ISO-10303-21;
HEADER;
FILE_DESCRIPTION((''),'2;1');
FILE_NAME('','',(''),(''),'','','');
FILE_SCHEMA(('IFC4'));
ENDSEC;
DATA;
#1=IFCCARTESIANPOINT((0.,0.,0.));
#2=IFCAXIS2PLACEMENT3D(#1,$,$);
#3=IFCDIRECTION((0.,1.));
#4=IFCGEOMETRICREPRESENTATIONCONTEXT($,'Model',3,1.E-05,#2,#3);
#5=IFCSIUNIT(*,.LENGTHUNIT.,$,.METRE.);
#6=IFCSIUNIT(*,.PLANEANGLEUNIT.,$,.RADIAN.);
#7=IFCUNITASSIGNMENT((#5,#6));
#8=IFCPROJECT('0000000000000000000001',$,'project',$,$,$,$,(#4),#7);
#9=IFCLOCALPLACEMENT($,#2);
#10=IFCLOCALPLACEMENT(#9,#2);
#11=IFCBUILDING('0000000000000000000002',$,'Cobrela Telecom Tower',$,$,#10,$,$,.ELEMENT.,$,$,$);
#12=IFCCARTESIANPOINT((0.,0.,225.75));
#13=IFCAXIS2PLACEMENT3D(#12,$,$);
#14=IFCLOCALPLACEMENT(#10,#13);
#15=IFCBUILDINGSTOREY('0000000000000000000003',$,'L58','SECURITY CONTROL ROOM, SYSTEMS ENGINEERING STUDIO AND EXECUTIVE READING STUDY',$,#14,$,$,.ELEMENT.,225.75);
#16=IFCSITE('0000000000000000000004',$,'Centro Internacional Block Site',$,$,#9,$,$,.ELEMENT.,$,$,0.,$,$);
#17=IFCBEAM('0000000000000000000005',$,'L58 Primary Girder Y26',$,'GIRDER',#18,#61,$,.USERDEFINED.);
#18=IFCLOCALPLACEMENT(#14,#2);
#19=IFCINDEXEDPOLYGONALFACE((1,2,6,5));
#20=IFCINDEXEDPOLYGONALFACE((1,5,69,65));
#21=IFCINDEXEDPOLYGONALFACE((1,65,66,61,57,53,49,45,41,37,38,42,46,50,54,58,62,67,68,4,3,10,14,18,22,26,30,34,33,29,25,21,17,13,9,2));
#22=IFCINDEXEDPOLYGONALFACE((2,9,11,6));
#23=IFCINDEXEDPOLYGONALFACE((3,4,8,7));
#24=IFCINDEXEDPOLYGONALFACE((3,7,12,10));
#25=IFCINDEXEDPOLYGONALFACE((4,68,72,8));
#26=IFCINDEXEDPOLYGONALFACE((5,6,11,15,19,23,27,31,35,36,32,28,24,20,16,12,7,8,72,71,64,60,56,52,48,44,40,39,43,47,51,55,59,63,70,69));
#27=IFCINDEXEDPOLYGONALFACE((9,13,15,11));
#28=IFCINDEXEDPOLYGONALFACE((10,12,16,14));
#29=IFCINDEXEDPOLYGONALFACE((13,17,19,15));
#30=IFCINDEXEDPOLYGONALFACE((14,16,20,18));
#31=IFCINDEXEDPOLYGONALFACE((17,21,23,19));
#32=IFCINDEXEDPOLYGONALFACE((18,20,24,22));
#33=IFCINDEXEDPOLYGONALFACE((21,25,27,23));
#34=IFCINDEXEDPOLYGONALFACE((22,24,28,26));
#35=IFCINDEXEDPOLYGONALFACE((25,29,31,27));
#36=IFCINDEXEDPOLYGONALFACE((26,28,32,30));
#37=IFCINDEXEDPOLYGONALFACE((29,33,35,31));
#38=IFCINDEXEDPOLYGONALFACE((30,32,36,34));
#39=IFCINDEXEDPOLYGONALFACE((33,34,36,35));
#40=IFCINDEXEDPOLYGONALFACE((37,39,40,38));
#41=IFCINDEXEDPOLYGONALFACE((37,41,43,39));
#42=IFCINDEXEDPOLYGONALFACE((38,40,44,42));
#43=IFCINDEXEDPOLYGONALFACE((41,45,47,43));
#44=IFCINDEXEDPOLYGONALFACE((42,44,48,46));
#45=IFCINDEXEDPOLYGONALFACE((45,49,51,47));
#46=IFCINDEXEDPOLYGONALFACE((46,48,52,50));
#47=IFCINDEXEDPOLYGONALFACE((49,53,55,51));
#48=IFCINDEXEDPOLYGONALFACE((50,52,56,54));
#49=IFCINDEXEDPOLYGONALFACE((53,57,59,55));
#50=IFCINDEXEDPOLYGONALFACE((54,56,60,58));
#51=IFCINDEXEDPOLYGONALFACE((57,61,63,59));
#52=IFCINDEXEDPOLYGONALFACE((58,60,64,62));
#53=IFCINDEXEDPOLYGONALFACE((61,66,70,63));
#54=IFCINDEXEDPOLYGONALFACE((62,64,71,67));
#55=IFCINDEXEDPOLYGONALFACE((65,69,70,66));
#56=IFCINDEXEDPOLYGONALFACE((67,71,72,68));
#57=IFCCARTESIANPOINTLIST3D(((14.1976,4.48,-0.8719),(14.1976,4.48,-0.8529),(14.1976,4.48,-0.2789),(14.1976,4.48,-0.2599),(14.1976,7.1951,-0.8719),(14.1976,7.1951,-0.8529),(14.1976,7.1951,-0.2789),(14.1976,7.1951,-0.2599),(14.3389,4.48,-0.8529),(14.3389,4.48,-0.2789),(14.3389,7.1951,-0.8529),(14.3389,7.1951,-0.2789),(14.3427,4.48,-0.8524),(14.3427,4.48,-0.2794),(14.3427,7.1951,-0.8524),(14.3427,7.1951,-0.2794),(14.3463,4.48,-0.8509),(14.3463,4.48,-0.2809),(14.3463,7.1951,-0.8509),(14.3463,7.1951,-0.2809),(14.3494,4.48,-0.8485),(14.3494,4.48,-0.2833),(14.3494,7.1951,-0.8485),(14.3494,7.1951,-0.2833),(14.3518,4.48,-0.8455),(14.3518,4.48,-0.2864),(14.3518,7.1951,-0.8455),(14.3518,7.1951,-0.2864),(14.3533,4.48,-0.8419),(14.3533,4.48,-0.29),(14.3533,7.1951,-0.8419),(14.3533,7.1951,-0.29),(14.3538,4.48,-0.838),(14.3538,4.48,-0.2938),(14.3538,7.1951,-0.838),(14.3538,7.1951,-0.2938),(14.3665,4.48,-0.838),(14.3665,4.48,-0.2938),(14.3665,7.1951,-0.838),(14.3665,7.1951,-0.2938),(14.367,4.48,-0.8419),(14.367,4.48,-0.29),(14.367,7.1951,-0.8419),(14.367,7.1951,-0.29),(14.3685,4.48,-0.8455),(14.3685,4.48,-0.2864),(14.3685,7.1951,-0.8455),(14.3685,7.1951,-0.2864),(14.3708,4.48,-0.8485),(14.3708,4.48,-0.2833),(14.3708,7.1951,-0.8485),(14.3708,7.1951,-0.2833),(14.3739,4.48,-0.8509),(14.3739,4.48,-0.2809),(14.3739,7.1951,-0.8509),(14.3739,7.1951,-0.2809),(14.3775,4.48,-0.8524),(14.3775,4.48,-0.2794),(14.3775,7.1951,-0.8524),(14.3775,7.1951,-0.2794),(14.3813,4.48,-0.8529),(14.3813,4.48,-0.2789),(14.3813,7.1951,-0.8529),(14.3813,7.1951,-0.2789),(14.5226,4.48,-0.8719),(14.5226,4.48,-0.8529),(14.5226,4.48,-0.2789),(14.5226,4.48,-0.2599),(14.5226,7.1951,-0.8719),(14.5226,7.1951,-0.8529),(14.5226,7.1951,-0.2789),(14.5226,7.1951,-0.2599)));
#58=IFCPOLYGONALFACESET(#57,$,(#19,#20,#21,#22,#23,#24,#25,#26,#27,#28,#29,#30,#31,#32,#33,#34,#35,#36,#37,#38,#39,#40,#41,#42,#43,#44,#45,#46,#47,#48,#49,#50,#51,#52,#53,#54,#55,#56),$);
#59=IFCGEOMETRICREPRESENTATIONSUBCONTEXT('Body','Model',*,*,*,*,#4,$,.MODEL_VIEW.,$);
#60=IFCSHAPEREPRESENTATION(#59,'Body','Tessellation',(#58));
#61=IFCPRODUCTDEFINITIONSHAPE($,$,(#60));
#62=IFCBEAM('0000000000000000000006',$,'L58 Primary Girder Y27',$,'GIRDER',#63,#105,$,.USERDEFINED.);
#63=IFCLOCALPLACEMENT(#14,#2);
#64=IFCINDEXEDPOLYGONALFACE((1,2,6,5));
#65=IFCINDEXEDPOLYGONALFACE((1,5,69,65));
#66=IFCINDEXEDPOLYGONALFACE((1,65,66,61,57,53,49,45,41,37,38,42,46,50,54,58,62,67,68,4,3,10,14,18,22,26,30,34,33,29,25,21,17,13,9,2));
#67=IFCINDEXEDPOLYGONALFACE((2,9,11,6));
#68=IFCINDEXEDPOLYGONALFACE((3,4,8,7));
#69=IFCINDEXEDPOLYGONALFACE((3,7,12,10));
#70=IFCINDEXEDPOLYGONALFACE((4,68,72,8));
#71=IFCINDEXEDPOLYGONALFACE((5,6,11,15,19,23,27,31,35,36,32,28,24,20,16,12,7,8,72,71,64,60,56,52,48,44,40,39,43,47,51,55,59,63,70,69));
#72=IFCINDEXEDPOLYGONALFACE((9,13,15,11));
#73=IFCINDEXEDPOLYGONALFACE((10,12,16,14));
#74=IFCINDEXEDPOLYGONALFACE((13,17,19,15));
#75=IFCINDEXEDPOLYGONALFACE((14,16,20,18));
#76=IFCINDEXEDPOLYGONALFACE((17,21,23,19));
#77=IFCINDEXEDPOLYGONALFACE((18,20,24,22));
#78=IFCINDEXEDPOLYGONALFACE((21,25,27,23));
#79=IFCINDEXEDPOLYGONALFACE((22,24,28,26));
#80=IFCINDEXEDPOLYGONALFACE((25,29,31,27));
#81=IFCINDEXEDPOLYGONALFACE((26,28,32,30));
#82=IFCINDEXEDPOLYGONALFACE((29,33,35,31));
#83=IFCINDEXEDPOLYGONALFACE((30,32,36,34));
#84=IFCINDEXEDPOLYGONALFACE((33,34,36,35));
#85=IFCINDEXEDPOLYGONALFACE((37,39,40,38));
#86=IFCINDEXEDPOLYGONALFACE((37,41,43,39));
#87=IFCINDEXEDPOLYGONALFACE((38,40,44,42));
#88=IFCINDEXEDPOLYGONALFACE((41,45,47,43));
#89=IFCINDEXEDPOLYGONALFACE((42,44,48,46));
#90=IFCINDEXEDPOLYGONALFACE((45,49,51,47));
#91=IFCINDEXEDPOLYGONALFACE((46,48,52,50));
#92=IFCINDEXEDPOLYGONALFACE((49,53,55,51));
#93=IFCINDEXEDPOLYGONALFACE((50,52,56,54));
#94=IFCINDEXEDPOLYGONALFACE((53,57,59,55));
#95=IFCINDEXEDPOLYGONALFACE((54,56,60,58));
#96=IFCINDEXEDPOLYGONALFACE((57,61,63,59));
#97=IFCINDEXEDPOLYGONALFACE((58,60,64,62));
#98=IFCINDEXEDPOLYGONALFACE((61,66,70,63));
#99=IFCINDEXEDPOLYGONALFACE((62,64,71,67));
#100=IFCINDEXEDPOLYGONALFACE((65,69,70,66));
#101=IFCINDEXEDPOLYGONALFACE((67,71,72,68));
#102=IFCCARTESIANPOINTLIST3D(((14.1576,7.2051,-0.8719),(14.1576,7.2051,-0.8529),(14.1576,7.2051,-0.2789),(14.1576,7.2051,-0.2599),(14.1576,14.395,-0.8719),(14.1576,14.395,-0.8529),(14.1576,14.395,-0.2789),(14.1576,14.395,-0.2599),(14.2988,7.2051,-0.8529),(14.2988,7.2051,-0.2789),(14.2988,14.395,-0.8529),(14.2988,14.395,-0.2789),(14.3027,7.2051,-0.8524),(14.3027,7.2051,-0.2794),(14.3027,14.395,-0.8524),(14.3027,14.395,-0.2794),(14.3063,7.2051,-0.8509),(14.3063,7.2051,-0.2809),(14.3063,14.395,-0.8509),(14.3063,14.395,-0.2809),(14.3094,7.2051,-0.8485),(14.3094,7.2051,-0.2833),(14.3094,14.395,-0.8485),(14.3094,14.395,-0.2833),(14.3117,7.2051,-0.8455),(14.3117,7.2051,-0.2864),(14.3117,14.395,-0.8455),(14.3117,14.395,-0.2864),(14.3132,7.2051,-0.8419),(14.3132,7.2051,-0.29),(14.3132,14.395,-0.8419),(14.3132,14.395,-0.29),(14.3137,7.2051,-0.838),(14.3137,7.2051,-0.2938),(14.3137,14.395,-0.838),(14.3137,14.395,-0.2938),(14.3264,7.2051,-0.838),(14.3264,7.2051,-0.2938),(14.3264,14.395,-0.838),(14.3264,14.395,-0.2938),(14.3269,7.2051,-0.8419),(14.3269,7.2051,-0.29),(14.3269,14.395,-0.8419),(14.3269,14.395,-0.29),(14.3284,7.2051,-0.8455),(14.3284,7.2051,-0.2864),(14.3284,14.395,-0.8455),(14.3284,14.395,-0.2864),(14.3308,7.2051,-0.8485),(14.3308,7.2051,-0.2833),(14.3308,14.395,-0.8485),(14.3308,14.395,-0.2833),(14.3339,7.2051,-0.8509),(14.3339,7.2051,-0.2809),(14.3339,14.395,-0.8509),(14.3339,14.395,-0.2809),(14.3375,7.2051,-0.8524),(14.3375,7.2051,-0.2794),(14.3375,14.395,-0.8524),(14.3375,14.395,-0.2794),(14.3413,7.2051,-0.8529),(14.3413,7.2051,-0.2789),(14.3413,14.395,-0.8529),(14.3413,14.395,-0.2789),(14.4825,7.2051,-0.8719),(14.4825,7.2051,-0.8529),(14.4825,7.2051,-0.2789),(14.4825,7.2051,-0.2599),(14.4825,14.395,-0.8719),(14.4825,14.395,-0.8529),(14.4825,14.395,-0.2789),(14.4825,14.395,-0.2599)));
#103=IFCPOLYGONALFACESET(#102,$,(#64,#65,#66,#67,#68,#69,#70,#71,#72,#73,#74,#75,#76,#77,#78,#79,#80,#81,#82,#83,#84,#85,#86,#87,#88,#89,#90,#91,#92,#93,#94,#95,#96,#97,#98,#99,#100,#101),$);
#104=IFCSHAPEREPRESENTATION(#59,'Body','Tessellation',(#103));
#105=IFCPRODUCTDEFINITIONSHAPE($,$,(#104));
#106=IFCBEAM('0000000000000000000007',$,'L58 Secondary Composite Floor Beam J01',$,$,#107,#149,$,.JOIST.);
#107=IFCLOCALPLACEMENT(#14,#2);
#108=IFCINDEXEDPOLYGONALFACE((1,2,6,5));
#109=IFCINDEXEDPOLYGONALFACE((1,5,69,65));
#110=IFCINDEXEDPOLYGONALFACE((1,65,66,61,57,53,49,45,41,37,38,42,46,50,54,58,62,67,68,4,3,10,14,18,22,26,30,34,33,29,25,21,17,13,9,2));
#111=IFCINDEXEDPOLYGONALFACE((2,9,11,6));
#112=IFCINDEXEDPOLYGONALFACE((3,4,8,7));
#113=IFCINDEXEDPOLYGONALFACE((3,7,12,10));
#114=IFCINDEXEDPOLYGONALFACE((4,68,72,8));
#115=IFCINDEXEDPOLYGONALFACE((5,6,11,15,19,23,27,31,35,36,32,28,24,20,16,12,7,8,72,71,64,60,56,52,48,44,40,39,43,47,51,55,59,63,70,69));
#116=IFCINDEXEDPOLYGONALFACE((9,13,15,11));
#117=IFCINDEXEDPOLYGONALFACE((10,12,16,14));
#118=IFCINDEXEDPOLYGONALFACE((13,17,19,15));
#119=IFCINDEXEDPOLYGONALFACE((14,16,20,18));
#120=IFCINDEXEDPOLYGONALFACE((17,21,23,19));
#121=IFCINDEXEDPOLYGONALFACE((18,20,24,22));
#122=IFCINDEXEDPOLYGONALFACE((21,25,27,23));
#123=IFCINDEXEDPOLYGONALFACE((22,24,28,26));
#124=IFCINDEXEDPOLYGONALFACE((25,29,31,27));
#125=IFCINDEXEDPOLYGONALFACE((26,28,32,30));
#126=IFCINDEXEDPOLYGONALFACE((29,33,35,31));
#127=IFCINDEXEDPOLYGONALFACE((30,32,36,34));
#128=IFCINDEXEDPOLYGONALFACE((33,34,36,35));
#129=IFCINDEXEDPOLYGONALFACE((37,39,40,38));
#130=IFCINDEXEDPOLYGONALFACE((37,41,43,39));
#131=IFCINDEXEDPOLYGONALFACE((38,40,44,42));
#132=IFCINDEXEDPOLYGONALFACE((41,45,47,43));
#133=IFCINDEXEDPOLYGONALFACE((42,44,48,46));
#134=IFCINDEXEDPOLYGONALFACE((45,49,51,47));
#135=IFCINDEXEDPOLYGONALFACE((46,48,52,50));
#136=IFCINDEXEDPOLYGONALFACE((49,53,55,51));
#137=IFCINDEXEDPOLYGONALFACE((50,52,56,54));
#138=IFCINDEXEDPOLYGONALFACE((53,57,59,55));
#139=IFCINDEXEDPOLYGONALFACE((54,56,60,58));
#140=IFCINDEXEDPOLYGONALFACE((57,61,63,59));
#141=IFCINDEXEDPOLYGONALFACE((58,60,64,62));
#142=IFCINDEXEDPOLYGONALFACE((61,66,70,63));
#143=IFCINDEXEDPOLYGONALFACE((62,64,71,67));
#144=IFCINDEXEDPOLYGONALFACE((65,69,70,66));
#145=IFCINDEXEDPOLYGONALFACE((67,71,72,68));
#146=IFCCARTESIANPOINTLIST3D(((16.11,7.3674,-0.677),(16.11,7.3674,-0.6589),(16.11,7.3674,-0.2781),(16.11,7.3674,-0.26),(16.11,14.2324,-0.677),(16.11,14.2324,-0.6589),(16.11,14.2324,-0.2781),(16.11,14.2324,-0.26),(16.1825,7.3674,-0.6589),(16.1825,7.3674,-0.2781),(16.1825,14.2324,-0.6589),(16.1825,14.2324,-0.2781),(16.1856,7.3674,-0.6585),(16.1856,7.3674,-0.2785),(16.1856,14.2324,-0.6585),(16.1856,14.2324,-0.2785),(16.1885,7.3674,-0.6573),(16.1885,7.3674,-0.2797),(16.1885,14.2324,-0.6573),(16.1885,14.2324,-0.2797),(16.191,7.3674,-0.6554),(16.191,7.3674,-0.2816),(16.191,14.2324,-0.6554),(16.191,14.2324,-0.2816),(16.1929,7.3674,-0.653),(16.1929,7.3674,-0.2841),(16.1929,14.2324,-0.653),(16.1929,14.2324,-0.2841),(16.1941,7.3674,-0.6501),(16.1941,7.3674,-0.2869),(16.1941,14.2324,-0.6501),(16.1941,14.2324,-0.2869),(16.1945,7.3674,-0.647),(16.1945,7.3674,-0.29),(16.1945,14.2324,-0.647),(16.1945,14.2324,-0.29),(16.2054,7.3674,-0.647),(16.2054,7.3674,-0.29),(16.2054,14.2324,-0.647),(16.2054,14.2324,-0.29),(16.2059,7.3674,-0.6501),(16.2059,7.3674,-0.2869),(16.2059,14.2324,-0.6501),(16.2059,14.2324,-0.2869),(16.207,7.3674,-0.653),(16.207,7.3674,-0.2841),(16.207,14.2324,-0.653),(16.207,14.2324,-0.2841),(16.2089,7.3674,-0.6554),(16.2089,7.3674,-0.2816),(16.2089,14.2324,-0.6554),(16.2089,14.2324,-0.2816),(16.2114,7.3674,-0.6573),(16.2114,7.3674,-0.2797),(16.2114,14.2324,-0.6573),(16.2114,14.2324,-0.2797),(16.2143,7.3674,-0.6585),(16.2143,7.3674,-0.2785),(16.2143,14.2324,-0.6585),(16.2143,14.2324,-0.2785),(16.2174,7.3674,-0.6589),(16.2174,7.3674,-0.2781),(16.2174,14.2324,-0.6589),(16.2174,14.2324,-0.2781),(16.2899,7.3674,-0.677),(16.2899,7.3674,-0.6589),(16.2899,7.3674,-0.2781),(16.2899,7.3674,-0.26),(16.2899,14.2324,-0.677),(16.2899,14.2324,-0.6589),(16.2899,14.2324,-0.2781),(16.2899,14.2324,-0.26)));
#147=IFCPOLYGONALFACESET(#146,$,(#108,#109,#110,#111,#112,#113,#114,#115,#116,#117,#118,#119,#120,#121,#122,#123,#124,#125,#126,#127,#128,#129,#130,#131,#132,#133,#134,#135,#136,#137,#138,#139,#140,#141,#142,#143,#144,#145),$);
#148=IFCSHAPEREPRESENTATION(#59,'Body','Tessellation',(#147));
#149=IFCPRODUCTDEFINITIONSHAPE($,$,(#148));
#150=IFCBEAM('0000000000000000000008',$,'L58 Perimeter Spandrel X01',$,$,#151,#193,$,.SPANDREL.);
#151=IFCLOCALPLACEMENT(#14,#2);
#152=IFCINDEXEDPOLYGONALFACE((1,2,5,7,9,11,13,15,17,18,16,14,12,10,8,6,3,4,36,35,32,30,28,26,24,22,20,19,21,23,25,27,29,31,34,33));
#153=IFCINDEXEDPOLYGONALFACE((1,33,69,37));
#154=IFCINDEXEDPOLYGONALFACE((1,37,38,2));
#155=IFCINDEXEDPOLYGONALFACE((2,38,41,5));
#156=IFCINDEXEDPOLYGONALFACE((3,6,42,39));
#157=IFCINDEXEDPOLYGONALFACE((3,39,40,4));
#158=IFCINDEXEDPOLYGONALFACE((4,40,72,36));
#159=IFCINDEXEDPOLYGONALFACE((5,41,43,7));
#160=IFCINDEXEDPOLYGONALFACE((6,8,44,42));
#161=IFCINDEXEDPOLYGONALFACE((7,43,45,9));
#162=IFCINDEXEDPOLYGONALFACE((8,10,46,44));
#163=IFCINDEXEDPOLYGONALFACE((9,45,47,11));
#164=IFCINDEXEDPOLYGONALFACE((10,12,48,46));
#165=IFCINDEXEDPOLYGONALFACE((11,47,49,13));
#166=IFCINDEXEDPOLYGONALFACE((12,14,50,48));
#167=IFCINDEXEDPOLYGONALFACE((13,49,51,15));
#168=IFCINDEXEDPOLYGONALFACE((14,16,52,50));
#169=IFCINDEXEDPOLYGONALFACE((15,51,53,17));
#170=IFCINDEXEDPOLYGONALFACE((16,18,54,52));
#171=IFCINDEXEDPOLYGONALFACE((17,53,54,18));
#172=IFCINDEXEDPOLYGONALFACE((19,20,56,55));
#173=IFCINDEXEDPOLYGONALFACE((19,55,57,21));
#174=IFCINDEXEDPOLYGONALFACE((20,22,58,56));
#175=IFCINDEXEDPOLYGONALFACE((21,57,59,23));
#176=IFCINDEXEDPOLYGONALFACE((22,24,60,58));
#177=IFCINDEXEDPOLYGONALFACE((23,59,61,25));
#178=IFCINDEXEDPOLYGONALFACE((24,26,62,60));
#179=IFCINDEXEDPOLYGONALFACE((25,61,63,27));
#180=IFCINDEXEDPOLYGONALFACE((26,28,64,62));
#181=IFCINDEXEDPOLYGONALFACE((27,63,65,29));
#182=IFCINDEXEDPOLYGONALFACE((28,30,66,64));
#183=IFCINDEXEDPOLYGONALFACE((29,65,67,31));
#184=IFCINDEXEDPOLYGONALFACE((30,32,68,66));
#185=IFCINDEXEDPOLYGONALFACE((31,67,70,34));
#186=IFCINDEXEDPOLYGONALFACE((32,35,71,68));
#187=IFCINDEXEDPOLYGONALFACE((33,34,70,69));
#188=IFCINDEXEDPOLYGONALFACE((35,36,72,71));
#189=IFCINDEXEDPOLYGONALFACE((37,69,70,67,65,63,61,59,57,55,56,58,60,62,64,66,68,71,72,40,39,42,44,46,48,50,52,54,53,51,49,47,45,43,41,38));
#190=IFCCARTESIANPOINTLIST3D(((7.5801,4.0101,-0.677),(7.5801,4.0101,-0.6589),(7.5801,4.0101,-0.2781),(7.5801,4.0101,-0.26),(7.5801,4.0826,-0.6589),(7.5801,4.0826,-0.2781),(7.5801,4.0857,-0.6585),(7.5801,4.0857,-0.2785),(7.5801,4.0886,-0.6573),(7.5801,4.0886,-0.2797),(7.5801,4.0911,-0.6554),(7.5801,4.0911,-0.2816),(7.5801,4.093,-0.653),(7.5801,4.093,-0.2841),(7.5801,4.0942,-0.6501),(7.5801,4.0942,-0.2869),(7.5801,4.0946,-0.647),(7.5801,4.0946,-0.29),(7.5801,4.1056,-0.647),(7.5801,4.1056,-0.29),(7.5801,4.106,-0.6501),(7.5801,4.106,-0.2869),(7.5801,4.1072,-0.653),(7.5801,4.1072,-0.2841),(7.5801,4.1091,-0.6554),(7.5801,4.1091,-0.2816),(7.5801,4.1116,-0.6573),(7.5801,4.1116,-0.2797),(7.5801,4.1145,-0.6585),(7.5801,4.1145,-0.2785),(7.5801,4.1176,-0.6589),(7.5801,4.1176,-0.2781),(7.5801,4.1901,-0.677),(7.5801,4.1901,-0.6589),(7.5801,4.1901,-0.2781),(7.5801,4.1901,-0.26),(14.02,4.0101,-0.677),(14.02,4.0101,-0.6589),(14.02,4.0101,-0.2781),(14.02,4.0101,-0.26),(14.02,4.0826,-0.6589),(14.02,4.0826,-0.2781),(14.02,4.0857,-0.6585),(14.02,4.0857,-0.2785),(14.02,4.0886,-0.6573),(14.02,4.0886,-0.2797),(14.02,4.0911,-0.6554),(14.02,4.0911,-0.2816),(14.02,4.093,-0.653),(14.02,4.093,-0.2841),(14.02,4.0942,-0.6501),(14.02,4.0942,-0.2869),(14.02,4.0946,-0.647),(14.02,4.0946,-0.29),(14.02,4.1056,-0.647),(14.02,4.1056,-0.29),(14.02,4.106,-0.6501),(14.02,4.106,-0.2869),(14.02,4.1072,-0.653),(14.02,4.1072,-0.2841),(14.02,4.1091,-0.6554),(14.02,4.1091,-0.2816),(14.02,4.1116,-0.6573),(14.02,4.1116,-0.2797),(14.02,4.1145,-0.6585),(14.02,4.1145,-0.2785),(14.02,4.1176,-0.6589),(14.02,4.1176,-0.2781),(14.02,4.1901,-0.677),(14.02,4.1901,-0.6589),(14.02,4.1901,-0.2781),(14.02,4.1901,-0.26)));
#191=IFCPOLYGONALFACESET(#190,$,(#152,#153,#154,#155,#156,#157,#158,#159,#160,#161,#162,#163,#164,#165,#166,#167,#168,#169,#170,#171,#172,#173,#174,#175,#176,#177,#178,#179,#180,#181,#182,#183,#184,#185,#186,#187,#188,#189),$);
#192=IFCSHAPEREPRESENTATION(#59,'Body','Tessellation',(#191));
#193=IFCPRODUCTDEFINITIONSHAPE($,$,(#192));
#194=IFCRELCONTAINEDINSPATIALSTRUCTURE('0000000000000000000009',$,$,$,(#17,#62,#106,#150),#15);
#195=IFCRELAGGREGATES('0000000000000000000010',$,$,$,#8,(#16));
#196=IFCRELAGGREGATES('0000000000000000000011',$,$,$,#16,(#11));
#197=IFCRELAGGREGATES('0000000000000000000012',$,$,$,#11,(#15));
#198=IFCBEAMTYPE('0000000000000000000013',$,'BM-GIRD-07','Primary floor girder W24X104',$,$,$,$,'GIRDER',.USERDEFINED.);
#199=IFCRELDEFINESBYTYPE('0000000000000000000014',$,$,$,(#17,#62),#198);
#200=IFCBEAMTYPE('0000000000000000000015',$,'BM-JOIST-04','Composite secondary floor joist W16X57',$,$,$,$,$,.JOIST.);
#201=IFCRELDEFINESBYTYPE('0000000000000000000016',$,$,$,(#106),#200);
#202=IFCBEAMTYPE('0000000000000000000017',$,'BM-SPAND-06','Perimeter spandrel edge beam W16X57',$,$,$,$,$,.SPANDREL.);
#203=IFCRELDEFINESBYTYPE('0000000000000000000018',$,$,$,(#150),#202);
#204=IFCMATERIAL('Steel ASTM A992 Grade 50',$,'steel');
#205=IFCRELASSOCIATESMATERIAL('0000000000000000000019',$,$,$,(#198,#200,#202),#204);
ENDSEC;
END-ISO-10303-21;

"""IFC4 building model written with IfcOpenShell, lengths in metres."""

from ifc_helpers import new_model, si_unit, direction, frame, origin, origin_2d, place, context, subcontext, project, spatial, i_section, extrude, material, material_profile, profile_set, type_object, element, save


model = new_model("IFC4")

# Units and contexts
model_context = context("Model", 3, precision=1e-05, world=origin(), true_north=direction((0.0, 1.0)))
body_context = subcontext(model_context, "Body", "Model", "MODEL_VIEW")
ifc_project = project(units=[si_unit("LENGTHUNIT", "METRE"), si_unit("PLANEANGLEUNIT", "RADIAN")], contexts=[model_context])

# Site, building, storey
site_placement = place(None, origin())
site = spatial("IfcSite", under=ifc_project, at=site_placement, Name="Centro Internacional Block Site", CompositionType="ELEMENT", RefElevation=0.0)
building_placement = place(site_placement, origin())
building = spatial("IfcBuilding", under=site, at=building_placement, Name="Cobrela Telecom Tower", CompositionType="ELEMENT")
storey_placement = place(building_placement, frame((0.0, 0.0, 225.75)))
storey = spatial("IfcBuildingStorey", under=building, at=storey_placement, Name="L58", Description="SECURITY CONTROL ROOM, SYSTEMS ENGINEERING STUDIO AND EXECUTIVE READING STUDY", CompositionType="ELEMENT", Elevation=225.75)

# Beams
ifc_material_1 = material(Name="Steel ASTM A992 Grade 50", Category="steel")
ifc_material_profile_1 = material_profile(ifc_material_1, i_section(OverallWidth=0.325, OverallDepth=0.6121, WebThickness=0.0127, FlangeThickness=0.019, FilletRadius=0.0149, at=origin_2d()), Name="W24X104")
ifc_profile_set_1 = profile_set([ifc_material_profile_1], Name="Steel ASTM A992 Grade 50")
beam_type_1 = type_object("IfcBeamType", Name="BM-GIRD-07", Description="Primary floor girder W24X104", ElementType="GIRDER", PredefinedType="USERDEFINED", material=ifc_profile_set_1)
beam_1_placement = place(storey_placement, frame((14.3601, 4.48, -0.5659), z_axis=(0.0, 1.0, 0.0), x_axis=(-1.0, 0.0, 0.0)))
element("IfcBeam", 1, at=beam_1_placement, inside=storey, type_object=beam_type_1, Name="L58 Primary Girder Y26", ObjectType="GIRDER", PredefinedType="USERDEFINED", context=body_context, shape_type="SweptSolid", body=[
    extrude(i_section(OverallWidth=0.325, OverallDepth=0.6121, WebThickness=0.0127, FlangeThickness=0.019, FilletRadius=0.0149, at=origin_2d()), origin(), (0.0, 0.0, 1.0), 2.7151),
])
beam_2_placement = place(storey_placement, frame((14.3201, 7.2051, -0.5659), z_axis=(0.0, 1.0, 0.0), x_axis=(-1.0, 0.0, 0.0)))
element("IfcBeam", 2, at=beam_2_placement, inside=storey, type_object=beam_type_1, Name="L58 Primary Girder Y27", ObjectType="GIRDER", PredefinedType="USERDEFINED", context=body_context, shape_type="SweptSolid", body=[
    extrude(i_section(OverallWidth=0.325, OverallDepth=0.6121, WebThickness=0.0127, FlangeThickness=0.019, FilletRadius=0.0149, at=origin_2d()), origin(), (0.0, 0.0, 1.0), 7.1899),
])
ifc_material_profile_2 = material_profile(ifc_material_1, i_section(OverallWidth=0.1799, OverallDepth=0.417, WebThickness=0.011, FlangeThickness=0.0181, FilletRadius=0.012, at=origin_2d()), Name="W16X57")
ifc_profile_set_2 = profile_set([ifc_material_profile_2], Name="Steel ASTM A992 Grade 50")
beam_type_2 = type_object("IfcBeamType", Name="BM-JOIST-04", Description="Composite secondary floor joist W16X57", PredefinedType="JOIST", material=ifc_profile_set_2)
beam_3_placement = place(storey_placement, frame((16.2, 7.3674, -0.4685), z_axis=(0.0, 1.0, 0.0), x_axis=(-1.0, 0.0, 0.0)))
element("IfcBeam", 3, at=beam_3_placement, inside=storey, type_object=beam_type_2, Name="L58 Secondary Composite Floor Beam J01", PredefinedType="JOIST", context=body_context, shape_type="SweptSolid", body=[
    extrude(i_section(OverallWidth=0.1799, OverallDepth=0.417, WebThickness=0.011, FlangeThickness=0.0181, FilletRadius=0.012, at=origin_2d()), origin(), (0.0, 0.0, 1.0), 6.865),
])
ifc_material_profile_3 = material_profile(ifc_material_1, i_section(OverallWidth=0.1799, OverallDepth=0.417, WebThickness=0.011, FlangeThickness=0.0181, FilletRadius=0.012, at=origin_2d()), Name="W16X57")
ifc_profile_set_3 = profile_set([ifc_material_profile_3], Name="Steel ASTM A992 Grade 50")
beam_type_3 = type_object("IfcBeamType", Name="BM-SPAND-06", Description="Perimeter spandrel edge beam W16X57", PredefinedType="SPANDREL", material=ifc_profile_set_3)
for number, where, z_axis, x_axis, name in (
    (4, (7.5801, 4.1001, -0.4685), (1.0, 0.0, 0.0), (0.0, 1.0, 0.0), "L58 Perimeter Spandrel X01"),
):
    element("IfcBeam", number, at=place(storey_placement, frame(where, z_axis=z_axis, x_axis=x_axis)), inside=storey, type_object=beam_type_3, Name=name, PredefinedType="SPANDREL", context=body_context, shape_type="SweptSolid", body=[
        extrude(i_section(OverallWidth=0.1799, OverallDepth=0.417, WebThickness=0.011, FlangeThickness=0.0181, FilletRadius=0.012, at=origin_2d()), origin(), (0.0, 0.0, 1.0), 6.4399),
    ])

save(model, "model.ifc")
